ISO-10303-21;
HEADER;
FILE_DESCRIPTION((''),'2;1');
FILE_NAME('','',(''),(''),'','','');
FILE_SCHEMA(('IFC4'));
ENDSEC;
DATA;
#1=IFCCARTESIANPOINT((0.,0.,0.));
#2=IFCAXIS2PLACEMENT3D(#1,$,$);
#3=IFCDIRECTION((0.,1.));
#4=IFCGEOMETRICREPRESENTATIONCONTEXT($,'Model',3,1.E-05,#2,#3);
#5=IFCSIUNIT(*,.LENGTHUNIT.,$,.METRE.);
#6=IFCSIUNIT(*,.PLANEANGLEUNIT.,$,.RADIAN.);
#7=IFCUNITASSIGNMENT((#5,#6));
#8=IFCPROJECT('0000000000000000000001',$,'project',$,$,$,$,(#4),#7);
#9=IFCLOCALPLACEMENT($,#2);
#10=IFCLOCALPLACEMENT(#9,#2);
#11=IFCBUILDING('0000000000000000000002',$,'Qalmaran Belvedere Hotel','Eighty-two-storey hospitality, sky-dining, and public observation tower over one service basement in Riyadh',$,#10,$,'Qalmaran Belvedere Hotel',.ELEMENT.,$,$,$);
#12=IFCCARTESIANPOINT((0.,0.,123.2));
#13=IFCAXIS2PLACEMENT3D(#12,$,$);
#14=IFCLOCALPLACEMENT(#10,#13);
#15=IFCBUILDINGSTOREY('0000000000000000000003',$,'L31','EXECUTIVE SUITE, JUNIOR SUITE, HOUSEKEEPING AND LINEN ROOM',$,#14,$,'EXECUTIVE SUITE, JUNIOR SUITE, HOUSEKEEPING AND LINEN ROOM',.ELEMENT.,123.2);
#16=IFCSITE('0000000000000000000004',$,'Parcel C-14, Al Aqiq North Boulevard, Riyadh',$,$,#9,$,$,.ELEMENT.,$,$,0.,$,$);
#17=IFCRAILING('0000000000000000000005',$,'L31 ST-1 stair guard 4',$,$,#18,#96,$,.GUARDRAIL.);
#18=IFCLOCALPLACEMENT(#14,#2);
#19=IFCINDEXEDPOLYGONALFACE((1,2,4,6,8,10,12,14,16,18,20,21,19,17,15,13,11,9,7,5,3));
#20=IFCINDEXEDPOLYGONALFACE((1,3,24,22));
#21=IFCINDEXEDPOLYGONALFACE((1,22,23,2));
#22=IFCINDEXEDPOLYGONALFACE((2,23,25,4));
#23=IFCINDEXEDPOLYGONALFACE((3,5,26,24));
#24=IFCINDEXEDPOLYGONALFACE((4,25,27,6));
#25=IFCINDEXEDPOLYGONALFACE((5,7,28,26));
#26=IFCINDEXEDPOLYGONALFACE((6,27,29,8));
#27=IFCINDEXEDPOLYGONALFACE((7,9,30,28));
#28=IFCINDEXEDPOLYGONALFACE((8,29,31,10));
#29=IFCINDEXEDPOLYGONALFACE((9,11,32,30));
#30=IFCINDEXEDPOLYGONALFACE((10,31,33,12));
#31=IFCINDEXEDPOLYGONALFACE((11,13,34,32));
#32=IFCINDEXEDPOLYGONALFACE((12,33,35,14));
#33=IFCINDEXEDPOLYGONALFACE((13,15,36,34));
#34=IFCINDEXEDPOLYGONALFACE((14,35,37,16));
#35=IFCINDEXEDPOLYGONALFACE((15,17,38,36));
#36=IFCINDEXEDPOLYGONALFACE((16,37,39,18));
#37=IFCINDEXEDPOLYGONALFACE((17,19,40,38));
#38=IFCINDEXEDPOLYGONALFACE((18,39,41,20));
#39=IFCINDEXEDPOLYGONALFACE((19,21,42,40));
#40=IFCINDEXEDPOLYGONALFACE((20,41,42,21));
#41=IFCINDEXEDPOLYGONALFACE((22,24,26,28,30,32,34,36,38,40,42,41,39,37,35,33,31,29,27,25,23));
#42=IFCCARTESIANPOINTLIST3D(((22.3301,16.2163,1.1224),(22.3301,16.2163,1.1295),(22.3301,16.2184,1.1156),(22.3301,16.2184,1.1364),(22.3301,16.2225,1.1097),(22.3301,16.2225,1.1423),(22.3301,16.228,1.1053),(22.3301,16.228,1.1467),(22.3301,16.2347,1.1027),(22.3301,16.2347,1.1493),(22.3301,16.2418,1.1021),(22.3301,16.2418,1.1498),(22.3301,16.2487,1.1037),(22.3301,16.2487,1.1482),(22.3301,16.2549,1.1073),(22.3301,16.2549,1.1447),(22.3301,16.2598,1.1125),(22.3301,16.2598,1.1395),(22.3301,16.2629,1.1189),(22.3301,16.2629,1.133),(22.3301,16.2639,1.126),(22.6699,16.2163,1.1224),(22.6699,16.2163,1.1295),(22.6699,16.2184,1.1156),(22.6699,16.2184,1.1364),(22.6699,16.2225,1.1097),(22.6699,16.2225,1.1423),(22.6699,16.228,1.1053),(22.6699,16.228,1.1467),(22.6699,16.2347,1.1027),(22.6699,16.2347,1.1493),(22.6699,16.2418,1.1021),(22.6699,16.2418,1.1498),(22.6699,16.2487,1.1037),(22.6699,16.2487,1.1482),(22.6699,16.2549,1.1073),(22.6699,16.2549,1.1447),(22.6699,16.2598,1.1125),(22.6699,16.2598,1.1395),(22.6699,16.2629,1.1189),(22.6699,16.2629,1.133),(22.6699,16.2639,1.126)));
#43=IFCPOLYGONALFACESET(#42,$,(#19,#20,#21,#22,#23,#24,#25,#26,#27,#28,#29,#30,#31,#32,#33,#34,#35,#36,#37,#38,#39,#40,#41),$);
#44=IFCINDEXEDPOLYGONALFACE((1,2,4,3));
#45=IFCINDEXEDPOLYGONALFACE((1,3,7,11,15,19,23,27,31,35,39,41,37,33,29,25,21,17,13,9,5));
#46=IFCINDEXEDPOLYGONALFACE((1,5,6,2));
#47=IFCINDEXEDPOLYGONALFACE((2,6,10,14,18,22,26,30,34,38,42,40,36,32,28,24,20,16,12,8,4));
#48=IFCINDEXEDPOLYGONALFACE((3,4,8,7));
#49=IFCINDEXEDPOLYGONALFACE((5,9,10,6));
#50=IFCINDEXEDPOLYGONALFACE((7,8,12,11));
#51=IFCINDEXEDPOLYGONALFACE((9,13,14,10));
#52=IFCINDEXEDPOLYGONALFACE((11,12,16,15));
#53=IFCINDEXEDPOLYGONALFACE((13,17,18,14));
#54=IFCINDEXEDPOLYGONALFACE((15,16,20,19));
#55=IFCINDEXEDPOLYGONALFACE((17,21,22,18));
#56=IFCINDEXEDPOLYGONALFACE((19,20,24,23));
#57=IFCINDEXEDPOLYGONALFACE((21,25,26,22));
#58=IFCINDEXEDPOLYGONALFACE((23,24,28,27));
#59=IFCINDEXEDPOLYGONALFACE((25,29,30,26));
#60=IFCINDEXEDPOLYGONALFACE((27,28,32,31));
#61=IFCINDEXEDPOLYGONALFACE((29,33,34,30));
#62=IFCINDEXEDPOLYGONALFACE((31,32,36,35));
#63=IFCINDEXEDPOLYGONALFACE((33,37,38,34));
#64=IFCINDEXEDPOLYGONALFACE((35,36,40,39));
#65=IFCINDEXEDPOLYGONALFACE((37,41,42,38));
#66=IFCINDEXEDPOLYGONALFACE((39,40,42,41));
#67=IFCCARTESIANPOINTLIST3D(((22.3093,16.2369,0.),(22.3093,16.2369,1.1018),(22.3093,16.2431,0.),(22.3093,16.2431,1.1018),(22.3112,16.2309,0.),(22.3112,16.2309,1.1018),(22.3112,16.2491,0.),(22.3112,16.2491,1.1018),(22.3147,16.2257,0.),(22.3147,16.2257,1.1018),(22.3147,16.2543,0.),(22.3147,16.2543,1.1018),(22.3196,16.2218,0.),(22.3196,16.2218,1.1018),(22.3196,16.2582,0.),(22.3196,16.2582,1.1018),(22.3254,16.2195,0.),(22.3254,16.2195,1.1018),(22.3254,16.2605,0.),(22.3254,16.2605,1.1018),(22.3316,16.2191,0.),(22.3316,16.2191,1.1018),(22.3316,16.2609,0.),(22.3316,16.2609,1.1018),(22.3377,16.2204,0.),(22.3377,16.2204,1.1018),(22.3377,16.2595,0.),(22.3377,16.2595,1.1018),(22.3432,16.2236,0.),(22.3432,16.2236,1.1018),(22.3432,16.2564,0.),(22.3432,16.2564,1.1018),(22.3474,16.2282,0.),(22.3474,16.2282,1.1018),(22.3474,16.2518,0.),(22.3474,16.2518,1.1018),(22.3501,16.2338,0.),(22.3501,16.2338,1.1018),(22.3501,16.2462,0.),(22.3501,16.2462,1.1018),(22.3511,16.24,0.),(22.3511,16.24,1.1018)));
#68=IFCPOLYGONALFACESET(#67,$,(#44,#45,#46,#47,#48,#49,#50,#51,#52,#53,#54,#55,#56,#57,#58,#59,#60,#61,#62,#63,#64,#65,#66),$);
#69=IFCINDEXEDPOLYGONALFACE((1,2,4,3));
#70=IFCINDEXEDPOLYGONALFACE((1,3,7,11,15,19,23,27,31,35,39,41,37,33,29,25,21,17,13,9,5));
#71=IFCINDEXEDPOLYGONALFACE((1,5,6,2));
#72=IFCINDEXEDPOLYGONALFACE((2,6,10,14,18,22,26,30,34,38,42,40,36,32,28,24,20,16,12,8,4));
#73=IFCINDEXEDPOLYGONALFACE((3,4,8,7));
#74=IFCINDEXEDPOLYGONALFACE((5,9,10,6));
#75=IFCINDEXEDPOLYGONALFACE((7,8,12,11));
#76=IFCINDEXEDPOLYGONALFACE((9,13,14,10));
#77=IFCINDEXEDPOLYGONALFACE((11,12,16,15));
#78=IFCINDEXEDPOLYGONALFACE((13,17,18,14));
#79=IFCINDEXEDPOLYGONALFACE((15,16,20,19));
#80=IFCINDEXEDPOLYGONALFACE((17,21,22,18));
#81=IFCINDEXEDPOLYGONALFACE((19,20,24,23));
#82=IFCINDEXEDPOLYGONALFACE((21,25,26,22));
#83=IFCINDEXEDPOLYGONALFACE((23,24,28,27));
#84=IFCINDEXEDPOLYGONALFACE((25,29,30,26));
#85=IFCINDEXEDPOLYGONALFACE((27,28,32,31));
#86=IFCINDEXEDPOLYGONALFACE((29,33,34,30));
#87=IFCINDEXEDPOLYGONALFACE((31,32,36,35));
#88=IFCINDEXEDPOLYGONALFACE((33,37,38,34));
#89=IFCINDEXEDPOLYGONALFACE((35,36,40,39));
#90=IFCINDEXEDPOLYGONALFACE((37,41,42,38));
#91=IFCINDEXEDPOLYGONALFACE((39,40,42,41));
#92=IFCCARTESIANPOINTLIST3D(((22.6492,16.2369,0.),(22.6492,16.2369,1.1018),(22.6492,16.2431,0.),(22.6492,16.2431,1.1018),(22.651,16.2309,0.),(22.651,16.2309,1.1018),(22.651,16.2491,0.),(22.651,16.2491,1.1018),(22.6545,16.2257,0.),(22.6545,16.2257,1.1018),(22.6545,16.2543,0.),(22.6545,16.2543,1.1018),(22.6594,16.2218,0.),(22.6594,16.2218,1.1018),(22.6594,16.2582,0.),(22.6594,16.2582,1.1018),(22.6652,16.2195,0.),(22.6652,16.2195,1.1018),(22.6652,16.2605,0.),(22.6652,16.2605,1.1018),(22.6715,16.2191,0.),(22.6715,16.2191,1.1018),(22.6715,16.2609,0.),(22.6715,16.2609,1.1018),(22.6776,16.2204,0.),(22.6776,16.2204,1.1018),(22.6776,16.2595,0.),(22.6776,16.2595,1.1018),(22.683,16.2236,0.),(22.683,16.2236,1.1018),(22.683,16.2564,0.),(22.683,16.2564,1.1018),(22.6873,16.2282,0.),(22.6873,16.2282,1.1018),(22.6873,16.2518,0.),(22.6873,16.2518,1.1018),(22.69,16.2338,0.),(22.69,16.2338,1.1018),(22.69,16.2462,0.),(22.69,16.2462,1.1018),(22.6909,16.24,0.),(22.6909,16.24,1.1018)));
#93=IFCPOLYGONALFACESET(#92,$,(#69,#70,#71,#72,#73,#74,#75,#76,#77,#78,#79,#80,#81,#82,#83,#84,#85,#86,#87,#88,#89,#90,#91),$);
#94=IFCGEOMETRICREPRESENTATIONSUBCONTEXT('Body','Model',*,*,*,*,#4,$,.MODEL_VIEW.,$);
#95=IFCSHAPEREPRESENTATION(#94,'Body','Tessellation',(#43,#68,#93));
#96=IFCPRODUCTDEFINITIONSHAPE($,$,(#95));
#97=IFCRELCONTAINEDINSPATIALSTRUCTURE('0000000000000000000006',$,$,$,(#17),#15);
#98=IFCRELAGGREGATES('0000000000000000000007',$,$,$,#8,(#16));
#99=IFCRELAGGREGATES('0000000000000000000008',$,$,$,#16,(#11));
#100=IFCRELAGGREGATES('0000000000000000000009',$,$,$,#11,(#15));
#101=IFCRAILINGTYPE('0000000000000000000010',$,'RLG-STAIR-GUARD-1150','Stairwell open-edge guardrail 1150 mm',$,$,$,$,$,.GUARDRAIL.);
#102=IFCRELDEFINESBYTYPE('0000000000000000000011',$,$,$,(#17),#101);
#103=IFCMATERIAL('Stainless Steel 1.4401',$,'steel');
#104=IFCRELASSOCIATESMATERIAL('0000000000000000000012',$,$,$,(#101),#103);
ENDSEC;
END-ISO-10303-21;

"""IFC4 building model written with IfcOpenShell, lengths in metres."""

from ifc_helpers import new_model, si_unit, direction, frame, origin, origin_2d, place, context, subcontext, project, spatial, circle, extrude, material, type_object, element, save


model = new_model("IFC4")

# Units and contexts
model_context = context("Model", 3, precision=1e-05, world=origin(), true_north=direction((0.0, 1.0)))
body_context = subcontext(model_context, "Body", "Model", "MODEL_VIEW")
ifc_project = project(units=[si_unit("LENGTHUNIT", "METRE"), si_unit("PLANEANGLEUNIT", "RADIAN")], contexts=[model_context])

# Site, building, storey
site_placement = place(None, origin())
site = spatial("IfcSite", under=ifc_project, at=site_placement, Name="Parcel C-14, Al Aqiq North Boulevard, Riyadh", CompositionType="ELEMENT", RefElevation=0.0)
building_placement = place(site_placement, origin())
building = spatial("IfcBuilding", under=site, at=building_placement, Name="Qalmaran Belvedere Hotel", Description="Eighty-two-storey hospitality, sky-dining, and public observation tower over one service basement in Riyadh", LongName="Qalmaran Belvedere Hotel", CompositionType="ELEMENT")
storey_placement = place(building_placement, frame((0.0, 0.0, 123.2)))
storey = spatial("IfcBuildingStorey", under=building, at=storey_placement, Name="L31", Description="EXECUTIVE SUITE, JUNIOR SUITE, HOUSEKEEPING AND LINEN ROOM", LongName="EXECUTIVE SUITE, JUNIOR SUITE, HOUSEKEEPING AND LINEN ROOM", CompositionType="ELEMENT", Elevation=123.2)

# Railing
ifc_material_1 = material(Name="Stainless Steel 1.4401", Category="steel")
railing_type_1 = type_object("IfcRailingType", Name="RLG-STAIR-GUARD-1150", Description="Stairwell open-edge guardrail 1150 mm", PredefinedType="GUARDRAIL", material=ifc_material_1)
railing_1_placement = place(storey_placement, frame((22.3301, 16.24, 0.0)))
element("IfcRailing", 1, at=railing_1_placement, inside=storey, type_object=railing_type_1, Name="L31 ST-1 stair guard 4", PredefinedType="GUARDRAIL", context=body_context, shape_type="SweptSolid", body=[
    extrude(circle(Radius=0.0239, at=origin_2d()), frame((0.0, 0.0, 1.126), z_axis=(1.0, 0.0, 0.0), x_axis=(0.0, 1.0, 0.0)), (0.0, 0.0, 1.0), 0.3398),
    extrude(circle(Radius=0.021, at=origin_2d()), origin(), (0.0, 0.0, 1.0), 1.1018),
    extrude(circle(Radius=0.021, at=origin_2d()), frame((0.3398, 0.0, 0.0)), (0.0, 0.0, 1.0), 1.1018),
])

save(model, "model.ifc")
